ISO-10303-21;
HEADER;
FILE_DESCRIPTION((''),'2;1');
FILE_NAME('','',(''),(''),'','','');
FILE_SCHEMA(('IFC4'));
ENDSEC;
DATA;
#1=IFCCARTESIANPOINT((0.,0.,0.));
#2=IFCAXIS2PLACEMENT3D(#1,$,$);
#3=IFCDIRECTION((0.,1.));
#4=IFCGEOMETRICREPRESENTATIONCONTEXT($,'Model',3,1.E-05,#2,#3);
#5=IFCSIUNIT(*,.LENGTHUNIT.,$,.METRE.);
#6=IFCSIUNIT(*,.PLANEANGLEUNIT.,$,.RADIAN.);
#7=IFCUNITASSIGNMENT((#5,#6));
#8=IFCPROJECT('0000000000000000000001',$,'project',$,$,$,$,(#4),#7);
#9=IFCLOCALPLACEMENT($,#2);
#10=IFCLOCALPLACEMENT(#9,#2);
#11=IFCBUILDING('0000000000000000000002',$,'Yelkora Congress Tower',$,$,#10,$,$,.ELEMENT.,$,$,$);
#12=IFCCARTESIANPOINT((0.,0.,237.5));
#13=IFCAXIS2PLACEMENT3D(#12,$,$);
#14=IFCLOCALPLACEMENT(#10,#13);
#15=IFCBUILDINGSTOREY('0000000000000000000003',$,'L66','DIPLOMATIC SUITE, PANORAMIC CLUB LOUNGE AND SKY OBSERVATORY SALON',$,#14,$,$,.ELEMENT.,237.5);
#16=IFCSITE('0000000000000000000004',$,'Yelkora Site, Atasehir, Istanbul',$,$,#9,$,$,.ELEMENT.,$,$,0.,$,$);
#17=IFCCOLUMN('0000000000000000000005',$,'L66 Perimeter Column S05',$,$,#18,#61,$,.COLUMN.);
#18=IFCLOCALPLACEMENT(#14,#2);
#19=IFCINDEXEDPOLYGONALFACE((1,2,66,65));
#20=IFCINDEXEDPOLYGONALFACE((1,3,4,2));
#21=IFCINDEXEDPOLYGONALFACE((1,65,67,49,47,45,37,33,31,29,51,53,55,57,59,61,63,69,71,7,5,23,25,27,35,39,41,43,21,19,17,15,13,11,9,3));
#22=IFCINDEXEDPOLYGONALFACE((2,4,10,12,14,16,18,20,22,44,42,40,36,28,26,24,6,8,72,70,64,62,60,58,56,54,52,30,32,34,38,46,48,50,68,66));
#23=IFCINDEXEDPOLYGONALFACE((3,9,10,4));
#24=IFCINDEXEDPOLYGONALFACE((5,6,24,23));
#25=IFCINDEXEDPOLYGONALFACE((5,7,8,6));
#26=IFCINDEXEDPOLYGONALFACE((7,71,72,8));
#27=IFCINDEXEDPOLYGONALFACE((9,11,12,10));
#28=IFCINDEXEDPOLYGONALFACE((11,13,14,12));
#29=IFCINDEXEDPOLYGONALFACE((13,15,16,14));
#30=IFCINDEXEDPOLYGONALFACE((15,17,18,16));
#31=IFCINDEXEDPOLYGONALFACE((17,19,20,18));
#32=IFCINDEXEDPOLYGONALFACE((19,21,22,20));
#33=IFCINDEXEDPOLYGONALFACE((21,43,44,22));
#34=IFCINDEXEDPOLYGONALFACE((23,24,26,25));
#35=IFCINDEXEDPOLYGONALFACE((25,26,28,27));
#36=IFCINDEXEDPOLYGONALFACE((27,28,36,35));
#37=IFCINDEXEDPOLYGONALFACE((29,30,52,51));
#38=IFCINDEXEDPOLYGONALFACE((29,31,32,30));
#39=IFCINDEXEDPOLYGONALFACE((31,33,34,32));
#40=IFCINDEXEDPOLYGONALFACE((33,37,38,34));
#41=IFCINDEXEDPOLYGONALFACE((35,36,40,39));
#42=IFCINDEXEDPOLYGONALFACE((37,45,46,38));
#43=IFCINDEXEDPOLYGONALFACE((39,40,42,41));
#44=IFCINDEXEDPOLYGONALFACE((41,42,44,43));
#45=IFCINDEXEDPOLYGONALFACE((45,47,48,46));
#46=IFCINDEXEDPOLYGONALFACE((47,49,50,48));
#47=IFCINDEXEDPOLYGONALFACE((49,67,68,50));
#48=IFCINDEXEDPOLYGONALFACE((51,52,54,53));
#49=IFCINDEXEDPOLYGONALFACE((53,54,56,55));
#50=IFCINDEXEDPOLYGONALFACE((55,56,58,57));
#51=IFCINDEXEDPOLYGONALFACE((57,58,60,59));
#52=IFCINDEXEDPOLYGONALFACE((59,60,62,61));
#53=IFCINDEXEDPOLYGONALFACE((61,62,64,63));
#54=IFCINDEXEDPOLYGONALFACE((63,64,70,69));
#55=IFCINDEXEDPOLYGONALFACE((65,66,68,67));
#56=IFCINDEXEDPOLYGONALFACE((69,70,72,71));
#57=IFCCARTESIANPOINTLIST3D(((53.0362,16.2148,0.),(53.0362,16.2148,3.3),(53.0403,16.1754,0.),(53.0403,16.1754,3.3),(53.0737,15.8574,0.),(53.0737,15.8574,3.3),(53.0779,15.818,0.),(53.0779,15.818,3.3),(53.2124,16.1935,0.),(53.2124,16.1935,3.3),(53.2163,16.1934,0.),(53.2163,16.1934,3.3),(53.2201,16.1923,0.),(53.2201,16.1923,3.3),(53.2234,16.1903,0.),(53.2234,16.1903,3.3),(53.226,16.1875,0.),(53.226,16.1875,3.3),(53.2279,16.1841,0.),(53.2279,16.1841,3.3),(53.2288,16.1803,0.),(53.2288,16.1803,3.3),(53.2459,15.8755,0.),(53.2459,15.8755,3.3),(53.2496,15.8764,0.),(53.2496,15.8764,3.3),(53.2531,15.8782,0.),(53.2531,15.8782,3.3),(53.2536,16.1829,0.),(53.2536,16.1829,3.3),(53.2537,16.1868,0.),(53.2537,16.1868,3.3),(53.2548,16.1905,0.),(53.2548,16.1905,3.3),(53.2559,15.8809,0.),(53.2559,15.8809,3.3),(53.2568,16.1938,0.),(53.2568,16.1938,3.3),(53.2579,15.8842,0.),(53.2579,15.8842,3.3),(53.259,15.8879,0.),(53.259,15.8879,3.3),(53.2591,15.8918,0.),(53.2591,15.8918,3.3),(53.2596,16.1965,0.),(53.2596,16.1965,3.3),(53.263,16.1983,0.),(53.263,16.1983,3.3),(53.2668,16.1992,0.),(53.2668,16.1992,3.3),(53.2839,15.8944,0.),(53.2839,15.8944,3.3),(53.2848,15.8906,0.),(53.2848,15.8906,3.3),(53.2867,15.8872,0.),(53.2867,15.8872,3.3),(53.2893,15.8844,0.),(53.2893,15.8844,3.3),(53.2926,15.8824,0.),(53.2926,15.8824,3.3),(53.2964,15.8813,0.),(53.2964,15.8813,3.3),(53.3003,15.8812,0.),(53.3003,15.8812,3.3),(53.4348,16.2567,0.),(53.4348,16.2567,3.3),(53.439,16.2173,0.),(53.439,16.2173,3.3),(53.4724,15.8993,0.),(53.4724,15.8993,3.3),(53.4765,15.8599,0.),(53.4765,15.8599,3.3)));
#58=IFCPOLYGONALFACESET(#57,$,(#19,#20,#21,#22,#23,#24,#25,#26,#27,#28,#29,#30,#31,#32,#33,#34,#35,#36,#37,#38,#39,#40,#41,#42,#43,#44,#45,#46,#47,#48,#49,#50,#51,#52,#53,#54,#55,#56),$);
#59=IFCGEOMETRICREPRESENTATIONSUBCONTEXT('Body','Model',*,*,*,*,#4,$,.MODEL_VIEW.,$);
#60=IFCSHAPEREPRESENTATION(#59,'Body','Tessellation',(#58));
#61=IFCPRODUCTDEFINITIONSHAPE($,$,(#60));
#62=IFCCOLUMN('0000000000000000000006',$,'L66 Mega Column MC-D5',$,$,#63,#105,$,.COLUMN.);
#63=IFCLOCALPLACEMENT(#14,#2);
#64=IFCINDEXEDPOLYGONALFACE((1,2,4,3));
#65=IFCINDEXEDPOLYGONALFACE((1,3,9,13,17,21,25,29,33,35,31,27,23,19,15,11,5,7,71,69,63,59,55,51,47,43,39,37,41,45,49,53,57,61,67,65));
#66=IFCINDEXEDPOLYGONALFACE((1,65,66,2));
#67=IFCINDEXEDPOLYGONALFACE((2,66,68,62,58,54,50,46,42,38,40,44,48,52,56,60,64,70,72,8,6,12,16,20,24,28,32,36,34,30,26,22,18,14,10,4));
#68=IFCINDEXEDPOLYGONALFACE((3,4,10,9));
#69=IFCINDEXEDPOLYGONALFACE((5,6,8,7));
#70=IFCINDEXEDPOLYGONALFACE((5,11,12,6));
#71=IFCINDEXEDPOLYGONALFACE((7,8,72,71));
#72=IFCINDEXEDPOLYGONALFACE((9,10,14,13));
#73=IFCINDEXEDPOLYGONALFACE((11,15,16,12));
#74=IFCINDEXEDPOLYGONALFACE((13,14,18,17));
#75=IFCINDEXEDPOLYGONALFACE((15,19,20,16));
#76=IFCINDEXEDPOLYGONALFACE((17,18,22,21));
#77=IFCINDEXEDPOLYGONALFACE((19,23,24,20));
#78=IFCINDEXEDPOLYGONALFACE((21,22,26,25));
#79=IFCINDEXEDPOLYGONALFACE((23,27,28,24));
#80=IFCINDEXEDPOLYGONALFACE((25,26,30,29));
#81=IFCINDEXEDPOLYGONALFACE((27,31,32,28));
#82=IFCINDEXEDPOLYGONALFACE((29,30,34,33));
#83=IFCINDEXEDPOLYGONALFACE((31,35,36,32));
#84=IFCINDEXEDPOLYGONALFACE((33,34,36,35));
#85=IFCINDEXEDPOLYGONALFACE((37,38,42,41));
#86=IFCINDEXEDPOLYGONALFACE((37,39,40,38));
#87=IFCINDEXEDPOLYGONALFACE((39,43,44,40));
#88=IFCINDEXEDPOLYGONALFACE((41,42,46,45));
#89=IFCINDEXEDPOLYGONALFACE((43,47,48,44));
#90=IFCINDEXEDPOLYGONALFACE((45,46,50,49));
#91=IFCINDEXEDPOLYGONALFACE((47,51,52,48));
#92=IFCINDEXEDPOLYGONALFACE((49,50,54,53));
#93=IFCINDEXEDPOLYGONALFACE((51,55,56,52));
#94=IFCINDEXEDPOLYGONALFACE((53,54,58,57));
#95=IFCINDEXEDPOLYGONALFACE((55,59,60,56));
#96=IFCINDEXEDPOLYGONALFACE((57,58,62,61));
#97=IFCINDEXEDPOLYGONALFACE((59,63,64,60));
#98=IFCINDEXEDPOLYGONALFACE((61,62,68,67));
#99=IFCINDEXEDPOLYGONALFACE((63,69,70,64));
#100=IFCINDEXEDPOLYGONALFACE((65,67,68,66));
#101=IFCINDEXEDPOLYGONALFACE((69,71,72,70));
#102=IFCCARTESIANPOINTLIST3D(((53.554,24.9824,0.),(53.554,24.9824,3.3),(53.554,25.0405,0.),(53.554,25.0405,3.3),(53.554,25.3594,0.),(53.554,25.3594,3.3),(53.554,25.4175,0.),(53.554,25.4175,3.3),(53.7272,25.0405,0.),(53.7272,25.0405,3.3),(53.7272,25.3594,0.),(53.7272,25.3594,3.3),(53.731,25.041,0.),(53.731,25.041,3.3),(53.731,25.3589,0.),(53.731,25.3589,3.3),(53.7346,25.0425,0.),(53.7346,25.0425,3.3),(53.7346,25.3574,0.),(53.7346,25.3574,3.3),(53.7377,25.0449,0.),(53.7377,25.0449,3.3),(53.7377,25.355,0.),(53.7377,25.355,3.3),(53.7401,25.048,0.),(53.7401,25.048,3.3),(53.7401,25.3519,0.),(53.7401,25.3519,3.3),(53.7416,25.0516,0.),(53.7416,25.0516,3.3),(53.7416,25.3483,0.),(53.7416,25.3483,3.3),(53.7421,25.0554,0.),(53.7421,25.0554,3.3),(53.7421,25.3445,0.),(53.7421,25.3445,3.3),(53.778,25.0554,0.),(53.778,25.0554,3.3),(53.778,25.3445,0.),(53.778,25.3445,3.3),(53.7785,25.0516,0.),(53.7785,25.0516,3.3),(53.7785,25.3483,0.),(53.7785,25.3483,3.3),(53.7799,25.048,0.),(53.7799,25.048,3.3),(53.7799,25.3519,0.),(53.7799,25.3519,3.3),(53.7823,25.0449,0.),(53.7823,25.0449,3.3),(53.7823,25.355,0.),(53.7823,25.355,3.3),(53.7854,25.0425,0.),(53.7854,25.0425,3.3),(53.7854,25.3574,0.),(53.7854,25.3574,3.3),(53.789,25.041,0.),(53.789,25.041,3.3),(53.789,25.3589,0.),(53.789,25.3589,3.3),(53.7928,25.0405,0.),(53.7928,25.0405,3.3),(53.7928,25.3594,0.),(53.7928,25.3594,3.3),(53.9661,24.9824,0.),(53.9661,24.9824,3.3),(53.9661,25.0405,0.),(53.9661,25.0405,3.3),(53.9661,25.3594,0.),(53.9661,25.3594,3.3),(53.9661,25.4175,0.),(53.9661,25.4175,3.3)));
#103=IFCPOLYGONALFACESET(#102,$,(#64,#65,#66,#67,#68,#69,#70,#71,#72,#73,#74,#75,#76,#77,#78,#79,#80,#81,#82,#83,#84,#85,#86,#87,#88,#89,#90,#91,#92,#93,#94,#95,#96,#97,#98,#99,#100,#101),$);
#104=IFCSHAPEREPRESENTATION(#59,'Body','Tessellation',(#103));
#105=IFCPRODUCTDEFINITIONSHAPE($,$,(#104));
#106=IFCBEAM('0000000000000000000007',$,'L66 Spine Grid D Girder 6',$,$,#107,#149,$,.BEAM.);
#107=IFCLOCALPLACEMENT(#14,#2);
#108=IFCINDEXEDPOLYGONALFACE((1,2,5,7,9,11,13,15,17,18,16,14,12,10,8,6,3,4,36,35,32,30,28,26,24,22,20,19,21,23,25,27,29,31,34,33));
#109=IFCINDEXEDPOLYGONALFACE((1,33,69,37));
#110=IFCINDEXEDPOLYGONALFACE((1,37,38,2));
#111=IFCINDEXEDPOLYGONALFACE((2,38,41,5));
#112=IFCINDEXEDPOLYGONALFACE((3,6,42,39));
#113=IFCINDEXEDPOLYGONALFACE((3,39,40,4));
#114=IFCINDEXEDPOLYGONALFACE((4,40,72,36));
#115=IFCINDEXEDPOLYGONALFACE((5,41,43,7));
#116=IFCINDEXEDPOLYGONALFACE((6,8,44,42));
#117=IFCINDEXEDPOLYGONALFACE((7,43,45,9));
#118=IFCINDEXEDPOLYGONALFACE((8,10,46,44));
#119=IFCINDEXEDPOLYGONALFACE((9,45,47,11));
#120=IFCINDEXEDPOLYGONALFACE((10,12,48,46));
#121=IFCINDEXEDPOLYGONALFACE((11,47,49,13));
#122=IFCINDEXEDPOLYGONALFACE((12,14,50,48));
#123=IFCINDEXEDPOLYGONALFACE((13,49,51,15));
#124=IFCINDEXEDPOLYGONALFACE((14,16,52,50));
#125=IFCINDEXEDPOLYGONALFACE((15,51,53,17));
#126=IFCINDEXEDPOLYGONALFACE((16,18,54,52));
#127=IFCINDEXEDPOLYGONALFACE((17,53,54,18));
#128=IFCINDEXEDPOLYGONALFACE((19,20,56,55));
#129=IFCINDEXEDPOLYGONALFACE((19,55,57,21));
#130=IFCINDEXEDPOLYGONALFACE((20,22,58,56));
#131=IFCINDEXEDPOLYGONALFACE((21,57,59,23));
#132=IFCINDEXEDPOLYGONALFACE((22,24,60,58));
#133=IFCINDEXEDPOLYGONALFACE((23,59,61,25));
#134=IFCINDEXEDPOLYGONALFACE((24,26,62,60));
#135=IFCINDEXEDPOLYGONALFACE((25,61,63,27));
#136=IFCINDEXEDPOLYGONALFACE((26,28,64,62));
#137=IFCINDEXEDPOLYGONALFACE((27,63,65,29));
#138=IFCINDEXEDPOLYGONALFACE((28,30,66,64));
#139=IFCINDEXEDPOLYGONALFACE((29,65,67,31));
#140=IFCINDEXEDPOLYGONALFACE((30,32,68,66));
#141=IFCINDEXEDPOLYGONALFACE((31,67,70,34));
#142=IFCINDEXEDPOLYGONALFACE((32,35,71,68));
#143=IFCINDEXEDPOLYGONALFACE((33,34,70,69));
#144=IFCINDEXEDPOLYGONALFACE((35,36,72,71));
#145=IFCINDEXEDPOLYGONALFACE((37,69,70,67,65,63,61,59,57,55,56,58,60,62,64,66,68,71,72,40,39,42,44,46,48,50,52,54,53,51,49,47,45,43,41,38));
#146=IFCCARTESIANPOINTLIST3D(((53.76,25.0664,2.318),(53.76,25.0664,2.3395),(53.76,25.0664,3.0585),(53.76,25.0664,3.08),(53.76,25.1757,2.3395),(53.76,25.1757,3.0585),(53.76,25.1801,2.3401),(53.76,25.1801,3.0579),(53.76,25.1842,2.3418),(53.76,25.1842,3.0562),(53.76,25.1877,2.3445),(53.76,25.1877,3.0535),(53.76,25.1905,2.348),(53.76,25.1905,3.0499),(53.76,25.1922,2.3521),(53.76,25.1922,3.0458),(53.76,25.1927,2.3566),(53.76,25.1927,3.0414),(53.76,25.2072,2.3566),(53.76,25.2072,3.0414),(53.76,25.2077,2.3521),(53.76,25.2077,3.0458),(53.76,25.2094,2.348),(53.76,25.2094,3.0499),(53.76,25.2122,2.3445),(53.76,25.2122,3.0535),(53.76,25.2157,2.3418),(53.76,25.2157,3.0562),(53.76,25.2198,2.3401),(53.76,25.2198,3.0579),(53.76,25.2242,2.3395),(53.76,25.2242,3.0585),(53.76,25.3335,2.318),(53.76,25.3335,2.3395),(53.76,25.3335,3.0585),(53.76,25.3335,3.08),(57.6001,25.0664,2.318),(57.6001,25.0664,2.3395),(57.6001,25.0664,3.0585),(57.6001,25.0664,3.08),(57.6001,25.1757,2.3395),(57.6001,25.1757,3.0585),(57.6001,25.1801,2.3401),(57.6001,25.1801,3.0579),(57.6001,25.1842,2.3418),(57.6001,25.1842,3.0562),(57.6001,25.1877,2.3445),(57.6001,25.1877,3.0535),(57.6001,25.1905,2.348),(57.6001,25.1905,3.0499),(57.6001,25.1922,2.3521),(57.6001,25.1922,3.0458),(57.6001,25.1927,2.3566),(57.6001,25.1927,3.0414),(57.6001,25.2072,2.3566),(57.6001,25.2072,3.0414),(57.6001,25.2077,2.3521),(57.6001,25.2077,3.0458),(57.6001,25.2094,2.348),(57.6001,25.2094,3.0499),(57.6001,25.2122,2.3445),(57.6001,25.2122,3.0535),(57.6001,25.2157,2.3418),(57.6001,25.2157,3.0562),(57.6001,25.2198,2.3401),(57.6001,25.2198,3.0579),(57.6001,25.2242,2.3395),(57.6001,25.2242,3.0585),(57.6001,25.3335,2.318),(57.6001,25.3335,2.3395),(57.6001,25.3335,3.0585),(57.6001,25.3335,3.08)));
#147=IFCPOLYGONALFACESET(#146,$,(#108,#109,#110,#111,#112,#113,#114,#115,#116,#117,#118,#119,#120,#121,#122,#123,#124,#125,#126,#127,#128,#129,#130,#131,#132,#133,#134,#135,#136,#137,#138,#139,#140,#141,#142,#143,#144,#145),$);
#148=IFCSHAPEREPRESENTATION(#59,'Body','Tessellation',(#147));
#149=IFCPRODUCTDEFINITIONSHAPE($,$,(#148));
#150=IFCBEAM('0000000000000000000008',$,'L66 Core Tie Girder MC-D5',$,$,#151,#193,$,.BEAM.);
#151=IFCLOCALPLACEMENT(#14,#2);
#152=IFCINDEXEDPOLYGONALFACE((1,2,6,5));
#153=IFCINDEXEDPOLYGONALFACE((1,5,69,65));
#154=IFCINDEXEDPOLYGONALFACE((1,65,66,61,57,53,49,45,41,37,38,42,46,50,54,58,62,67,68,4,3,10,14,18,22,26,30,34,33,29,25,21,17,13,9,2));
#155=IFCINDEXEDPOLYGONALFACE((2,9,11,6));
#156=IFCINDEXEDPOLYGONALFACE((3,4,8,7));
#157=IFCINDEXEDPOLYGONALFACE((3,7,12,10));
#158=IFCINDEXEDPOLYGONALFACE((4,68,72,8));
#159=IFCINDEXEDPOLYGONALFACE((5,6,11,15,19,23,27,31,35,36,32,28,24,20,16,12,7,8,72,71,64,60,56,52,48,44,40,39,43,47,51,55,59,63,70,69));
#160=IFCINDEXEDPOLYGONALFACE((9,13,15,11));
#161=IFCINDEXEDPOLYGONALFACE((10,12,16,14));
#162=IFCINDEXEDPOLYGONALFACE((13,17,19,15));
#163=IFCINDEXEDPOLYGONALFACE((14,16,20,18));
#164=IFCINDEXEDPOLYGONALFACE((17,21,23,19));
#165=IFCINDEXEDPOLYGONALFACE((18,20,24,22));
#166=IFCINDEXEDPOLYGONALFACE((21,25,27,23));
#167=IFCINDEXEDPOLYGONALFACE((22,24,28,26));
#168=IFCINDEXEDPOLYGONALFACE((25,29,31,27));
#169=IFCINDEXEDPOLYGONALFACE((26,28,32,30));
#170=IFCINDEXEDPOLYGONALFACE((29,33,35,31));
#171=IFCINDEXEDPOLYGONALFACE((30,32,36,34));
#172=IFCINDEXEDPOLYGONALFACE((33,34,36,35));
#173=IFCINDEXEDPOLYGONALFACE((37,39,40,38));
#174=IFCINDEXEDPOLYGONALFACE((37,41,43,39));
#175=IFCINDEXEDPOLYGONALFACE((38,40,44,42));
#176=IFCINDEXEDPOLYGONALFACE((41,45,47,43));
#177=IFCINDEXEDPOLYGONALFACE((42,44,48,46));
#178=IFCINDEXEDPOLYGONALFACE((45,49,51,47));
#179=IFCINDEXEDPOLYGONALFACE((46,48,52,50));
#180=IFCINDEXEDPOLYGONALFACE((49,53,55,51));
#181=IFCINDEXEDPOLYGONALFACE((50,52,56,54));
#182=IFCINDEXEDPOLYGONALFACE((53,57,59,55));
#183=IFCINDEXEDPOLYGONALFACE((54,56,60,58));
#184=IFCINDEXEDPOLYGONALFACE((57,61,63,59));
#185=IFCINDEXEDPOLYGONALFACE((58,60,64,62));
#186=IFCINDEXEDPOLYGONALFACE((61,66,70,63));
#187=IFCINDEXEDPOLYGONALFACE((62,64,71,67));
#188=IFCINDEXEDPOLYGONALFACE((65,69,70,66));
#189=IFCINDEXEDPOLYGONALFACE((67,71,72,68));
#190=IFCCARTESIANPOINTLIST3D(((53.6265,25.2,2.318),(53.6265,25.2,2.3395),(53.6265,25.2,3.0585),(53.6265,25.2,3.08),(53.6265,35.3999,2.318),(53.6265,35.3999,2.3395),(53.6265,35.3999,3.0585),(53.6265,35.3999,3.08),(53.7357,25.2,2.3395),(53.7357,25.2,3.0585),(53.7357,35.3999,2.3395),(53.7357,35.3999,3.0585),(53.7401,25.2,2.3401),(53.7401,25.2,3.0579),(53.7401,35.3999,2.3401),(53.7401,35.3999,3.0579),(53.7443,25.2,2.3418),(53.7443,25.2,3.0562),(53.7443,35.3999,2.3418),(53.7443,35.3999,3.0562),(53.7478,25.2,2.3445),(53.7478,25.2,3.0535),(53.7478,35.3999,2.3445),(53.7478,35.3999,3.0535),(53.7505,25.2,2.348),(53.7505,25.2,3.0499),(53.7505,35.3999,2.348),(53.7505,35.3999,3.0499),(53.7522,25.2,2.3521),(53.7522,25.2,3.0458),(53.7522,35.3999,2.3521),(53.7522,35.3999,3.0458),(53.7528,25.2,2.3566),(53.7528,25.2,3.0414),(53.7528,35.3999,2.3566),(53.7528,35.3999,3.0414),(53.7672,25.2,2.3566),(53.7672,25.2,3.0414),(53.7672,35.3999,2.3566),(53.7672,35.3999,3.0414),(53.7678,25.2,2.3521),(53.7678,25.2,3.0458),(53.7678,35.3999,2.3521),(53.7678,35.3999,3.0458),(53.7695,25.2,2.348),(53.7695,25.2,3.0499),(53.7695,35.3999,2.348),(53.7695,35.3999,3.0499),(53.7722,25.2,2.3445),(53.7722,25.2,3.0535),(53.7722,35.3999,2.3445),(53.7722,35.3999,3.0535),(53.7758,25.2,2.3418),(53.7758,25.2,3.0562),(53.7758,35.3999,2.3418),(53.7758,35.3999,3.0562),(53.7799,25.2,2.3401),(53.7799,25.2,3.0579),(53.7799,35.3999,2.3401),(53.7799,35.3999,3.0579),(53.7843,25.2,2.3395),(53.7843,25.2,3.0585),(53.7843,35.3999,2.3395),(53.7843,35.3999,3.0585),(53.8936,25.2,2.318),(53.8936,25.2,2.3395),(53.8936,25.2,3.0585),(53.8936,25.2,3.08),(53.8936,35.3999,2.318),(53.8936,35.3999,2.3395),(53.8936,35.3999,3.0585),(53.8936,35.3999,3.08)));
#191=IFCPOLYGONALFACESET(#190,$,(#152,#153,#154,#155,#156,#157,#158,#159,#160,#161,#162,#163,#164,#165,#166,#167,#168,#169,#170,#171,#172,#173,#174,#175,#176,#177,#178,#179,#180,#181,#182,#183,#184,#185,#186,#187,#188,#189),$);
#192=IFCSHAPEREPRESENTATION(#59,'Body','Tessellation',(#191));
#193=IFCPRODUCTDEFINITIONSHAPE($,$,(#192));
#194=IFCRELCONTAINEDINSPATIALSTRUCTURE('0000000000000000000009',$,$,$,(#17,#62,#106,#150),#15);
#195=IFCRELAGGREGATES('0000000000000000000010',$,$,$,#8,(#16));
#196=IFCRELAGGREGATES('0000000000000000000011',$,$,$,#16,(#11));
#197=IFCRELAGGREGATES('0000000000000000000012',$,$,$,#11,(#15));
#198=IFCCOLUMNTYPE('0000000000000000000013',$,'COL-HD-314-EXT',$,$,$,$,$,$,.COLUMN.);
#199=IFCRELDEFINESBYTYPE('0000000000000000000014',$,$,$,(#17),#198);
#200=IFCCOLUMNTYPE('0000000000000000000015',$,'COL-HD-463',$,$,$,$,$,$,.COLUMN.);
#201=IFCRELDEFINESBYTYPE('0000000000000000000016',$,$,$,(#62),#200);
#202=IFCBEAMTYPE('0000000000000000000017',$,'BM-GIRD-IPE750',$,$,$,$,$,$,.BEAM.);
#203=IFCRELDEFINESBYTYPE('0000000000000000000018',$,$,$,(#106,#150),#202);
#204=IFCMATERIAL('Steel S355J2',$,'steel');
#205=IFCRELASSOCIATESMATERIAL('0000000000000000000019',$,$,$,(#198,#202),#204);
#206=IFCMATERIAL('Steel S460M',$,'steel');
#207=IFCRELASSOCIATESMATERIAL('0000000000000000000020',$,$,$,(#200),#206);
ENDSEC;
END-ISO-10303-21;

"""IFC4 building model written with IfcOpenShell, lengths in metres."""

from ifc_helpers import new_model, si_unit, direction, frame, origin, origin_2d, place, context, subcontext, project, spatial, i_section, extrude, material, material_profile, profile_set, type_object, element, save


model = new_model("IFC4")

# Units and contexts
model_context = context("Model", 3, precision=1e-05, world=origin(), true_north=direction((0.0, 1.0)))
body_context = subcontext(model_context, "Body", "Model", "MODEL_VIEW")
ifc_project = project(units=[si_unit("LENGTHUNIT", "METRE"), si_unit("PLANEANGLEUNIT", "RADIAN")], contexts=[model_context])

# Site, building, storey
site_placement = place(None, origin())
site = spatial("IfcSite", under=ifc_project, at=site_placement, Name="Yelkora Site, Atasehir, Istanbul", CompositionType="ELEMENT", RefElevation=0.0)
building_placement = place(site_placement, origin())
building = spatial("IfcBuilding", under=site, at=building_placement, Name="Yelkora Congress Tower", CompositionType="ELEMENT")
storey_placement = place(building_placement, frame((0.0, 0.0, 237.5)))
storey = spatial("IfcBuildingStorey", under=building, at=storey_placement, Name="L66", Description="DIPLOMATIC SUITE, PANORAMIC CLUB LOUNGE AND SKY OBSERVATORY SALON", CompositionType="ELEMENT", Elevation=237.5)

# Columns
ifc_material_1 = material(Name="Steel S355J2", Category="steel")
ifc_material_profile_1 = material_profile(ifc_material_1, i_section(OverallWidth=0.4009, OverallDepth=0.3989, WebThickness=0.0249, FlangeThickness=0.0396, FilletRadius=0.0149, at=origin_2d()), Name="HD 400x314")
ifc_profile_set_1 = profile_set([ifc_material_profile_1], Name="Steel S355J2")
column_type_1 = type_object("IfcColumnType", Name="COL-HD-314-EXT", PredefinedType="COLUMN", material=ifc_profile_set_1)
column_1_placement = place(storey_placement, frame((53.2563, 16.0374, 0.0), z_axis=(0.0, 0.0, 1.0), x_axis=(0.994522, 0.104528, 0.0)))
element("IfcColumn", 1, at=column_1_placement, inside=storey, type_object=column_type_1, Name="L66 Perimeter Column S05", PredefinedType="COLUMN", context=body_context, shape_type="SweptSolid", body=[
    extrude(i_section(OverallWidth=0.4009, OverallDepth=0.3989, WebThickness=0.0249, FlangeThickness=0.0396, FilletRadius=0.0149, at=origin_2d()), origin(), (0.0, 0.0, 1.0), 3.3),
])
ifc_material_2 = material(Name="Steel S460M", Category="steel")
ifc_material_profile_2 = material_profile(ifc_material_2, i_section(OverallWidth=0.4121, OverallDepth=0.4351, WebThickness=0.0359, FlangeThickness=0.0581, FilletRadius=0.0149, at=origin_2d()), Name="HD 400x463")
ifc_profile_set_2 = profile_set([ifc_material_profile_2], Name="Steel S460M")
column_type_2 = type_object("IfcColumnType", Name="COL-HD-463", PredefinedType="COLUMN", material=ifc_profile_set_2)
column_2_placement = place(storey_placement, frame((53.76, 25.2, 0.0), z_axis=(0.0, 0.0, 1.0), x_axis=(1.0, 0.0, 0.0)))
element("IfcColumn", 2, at=column_2_placement, inside=storey, type_object=column_type_2, Name="L66 Mega Column MC-D5", PredefinedType="COLUMN", context=body_context, shape_type="SweptSolid", body=[
    extrude(i_section(OverallWidth=0.4121, OverallDepth=0.4351, WebThickness=0.0359, FlangeThickness=0.0581, FilletRadius=0.0149, at=origin_2d()), origin(), (0.0, 0.0, 1.0), 3.3),
])

# Beams
ifc_material_profile_3 = material_profile(ifc_material_1, i_section(OverallWidth=0.2671, OverallDepth=0.762, WebThickness=0.0144, FlangeThickness=0.0215, FilletRadius=0.0171, at=origin_2d()), Name="IPE 750x173")
ifc_profile_set_3 = profile_set([ifc_material_profile_3], Name="Steel S355J2")
beam_type_1 = type_object("IfcBeamType", Name="BM-GIRD-IPE750", PredefinedType="BEAM", material=ifc_profile_set_3)
beam_1_placement = place(storey_placement, frame((53.76, 25.2, 2.699), z_axis=(1.0, 0.0, 0.0), x_axis=(0.0, 1.0, 0.0)))
element("IfcBeam", 3, at=beam_1_placement, inside=storey, type_object=beam_type_1, Name="L66 Spine Grid D Girder 6", PredefinedType="BEAM", context=body_context, shape_type="SweptSolid", body=[
    extrude(i_section(OverallWidth=0.2671, OverallDepth=0.762, WebThickness=0.0144, FlangeThickness=0.0215, FilletRadius=0.0171, at=origin_2d()), origin(), (0.0, 0.0, 1.0), 3.8401),
])
beam_2_placement = place(storey_placement, frame((53.76, 25.2, 2.699), z_axis=(0.0, 1.0, 0.0), x_axis=(-1.0, 0.0, 0.0)))
element("IfcBeam", 4, at=beam_2_placement, inside=storey, type_object=beam_type_1, Name="L66 Core Tie Girder MC-D5", PredefinedType="BEAM", context=body_context, shape_type="SweptSolid", body=[
    extrude(i_section(OverallWidth=0.2671, OverallDepth=0.762, WebThickness=0.0144, FlangeThickness=0.0215, FilletRadius=0.0171, at=origin_2d()), origin(), (0.0, 0.0, 1.0), 10.2),
])

save(model, "model.ifc")
